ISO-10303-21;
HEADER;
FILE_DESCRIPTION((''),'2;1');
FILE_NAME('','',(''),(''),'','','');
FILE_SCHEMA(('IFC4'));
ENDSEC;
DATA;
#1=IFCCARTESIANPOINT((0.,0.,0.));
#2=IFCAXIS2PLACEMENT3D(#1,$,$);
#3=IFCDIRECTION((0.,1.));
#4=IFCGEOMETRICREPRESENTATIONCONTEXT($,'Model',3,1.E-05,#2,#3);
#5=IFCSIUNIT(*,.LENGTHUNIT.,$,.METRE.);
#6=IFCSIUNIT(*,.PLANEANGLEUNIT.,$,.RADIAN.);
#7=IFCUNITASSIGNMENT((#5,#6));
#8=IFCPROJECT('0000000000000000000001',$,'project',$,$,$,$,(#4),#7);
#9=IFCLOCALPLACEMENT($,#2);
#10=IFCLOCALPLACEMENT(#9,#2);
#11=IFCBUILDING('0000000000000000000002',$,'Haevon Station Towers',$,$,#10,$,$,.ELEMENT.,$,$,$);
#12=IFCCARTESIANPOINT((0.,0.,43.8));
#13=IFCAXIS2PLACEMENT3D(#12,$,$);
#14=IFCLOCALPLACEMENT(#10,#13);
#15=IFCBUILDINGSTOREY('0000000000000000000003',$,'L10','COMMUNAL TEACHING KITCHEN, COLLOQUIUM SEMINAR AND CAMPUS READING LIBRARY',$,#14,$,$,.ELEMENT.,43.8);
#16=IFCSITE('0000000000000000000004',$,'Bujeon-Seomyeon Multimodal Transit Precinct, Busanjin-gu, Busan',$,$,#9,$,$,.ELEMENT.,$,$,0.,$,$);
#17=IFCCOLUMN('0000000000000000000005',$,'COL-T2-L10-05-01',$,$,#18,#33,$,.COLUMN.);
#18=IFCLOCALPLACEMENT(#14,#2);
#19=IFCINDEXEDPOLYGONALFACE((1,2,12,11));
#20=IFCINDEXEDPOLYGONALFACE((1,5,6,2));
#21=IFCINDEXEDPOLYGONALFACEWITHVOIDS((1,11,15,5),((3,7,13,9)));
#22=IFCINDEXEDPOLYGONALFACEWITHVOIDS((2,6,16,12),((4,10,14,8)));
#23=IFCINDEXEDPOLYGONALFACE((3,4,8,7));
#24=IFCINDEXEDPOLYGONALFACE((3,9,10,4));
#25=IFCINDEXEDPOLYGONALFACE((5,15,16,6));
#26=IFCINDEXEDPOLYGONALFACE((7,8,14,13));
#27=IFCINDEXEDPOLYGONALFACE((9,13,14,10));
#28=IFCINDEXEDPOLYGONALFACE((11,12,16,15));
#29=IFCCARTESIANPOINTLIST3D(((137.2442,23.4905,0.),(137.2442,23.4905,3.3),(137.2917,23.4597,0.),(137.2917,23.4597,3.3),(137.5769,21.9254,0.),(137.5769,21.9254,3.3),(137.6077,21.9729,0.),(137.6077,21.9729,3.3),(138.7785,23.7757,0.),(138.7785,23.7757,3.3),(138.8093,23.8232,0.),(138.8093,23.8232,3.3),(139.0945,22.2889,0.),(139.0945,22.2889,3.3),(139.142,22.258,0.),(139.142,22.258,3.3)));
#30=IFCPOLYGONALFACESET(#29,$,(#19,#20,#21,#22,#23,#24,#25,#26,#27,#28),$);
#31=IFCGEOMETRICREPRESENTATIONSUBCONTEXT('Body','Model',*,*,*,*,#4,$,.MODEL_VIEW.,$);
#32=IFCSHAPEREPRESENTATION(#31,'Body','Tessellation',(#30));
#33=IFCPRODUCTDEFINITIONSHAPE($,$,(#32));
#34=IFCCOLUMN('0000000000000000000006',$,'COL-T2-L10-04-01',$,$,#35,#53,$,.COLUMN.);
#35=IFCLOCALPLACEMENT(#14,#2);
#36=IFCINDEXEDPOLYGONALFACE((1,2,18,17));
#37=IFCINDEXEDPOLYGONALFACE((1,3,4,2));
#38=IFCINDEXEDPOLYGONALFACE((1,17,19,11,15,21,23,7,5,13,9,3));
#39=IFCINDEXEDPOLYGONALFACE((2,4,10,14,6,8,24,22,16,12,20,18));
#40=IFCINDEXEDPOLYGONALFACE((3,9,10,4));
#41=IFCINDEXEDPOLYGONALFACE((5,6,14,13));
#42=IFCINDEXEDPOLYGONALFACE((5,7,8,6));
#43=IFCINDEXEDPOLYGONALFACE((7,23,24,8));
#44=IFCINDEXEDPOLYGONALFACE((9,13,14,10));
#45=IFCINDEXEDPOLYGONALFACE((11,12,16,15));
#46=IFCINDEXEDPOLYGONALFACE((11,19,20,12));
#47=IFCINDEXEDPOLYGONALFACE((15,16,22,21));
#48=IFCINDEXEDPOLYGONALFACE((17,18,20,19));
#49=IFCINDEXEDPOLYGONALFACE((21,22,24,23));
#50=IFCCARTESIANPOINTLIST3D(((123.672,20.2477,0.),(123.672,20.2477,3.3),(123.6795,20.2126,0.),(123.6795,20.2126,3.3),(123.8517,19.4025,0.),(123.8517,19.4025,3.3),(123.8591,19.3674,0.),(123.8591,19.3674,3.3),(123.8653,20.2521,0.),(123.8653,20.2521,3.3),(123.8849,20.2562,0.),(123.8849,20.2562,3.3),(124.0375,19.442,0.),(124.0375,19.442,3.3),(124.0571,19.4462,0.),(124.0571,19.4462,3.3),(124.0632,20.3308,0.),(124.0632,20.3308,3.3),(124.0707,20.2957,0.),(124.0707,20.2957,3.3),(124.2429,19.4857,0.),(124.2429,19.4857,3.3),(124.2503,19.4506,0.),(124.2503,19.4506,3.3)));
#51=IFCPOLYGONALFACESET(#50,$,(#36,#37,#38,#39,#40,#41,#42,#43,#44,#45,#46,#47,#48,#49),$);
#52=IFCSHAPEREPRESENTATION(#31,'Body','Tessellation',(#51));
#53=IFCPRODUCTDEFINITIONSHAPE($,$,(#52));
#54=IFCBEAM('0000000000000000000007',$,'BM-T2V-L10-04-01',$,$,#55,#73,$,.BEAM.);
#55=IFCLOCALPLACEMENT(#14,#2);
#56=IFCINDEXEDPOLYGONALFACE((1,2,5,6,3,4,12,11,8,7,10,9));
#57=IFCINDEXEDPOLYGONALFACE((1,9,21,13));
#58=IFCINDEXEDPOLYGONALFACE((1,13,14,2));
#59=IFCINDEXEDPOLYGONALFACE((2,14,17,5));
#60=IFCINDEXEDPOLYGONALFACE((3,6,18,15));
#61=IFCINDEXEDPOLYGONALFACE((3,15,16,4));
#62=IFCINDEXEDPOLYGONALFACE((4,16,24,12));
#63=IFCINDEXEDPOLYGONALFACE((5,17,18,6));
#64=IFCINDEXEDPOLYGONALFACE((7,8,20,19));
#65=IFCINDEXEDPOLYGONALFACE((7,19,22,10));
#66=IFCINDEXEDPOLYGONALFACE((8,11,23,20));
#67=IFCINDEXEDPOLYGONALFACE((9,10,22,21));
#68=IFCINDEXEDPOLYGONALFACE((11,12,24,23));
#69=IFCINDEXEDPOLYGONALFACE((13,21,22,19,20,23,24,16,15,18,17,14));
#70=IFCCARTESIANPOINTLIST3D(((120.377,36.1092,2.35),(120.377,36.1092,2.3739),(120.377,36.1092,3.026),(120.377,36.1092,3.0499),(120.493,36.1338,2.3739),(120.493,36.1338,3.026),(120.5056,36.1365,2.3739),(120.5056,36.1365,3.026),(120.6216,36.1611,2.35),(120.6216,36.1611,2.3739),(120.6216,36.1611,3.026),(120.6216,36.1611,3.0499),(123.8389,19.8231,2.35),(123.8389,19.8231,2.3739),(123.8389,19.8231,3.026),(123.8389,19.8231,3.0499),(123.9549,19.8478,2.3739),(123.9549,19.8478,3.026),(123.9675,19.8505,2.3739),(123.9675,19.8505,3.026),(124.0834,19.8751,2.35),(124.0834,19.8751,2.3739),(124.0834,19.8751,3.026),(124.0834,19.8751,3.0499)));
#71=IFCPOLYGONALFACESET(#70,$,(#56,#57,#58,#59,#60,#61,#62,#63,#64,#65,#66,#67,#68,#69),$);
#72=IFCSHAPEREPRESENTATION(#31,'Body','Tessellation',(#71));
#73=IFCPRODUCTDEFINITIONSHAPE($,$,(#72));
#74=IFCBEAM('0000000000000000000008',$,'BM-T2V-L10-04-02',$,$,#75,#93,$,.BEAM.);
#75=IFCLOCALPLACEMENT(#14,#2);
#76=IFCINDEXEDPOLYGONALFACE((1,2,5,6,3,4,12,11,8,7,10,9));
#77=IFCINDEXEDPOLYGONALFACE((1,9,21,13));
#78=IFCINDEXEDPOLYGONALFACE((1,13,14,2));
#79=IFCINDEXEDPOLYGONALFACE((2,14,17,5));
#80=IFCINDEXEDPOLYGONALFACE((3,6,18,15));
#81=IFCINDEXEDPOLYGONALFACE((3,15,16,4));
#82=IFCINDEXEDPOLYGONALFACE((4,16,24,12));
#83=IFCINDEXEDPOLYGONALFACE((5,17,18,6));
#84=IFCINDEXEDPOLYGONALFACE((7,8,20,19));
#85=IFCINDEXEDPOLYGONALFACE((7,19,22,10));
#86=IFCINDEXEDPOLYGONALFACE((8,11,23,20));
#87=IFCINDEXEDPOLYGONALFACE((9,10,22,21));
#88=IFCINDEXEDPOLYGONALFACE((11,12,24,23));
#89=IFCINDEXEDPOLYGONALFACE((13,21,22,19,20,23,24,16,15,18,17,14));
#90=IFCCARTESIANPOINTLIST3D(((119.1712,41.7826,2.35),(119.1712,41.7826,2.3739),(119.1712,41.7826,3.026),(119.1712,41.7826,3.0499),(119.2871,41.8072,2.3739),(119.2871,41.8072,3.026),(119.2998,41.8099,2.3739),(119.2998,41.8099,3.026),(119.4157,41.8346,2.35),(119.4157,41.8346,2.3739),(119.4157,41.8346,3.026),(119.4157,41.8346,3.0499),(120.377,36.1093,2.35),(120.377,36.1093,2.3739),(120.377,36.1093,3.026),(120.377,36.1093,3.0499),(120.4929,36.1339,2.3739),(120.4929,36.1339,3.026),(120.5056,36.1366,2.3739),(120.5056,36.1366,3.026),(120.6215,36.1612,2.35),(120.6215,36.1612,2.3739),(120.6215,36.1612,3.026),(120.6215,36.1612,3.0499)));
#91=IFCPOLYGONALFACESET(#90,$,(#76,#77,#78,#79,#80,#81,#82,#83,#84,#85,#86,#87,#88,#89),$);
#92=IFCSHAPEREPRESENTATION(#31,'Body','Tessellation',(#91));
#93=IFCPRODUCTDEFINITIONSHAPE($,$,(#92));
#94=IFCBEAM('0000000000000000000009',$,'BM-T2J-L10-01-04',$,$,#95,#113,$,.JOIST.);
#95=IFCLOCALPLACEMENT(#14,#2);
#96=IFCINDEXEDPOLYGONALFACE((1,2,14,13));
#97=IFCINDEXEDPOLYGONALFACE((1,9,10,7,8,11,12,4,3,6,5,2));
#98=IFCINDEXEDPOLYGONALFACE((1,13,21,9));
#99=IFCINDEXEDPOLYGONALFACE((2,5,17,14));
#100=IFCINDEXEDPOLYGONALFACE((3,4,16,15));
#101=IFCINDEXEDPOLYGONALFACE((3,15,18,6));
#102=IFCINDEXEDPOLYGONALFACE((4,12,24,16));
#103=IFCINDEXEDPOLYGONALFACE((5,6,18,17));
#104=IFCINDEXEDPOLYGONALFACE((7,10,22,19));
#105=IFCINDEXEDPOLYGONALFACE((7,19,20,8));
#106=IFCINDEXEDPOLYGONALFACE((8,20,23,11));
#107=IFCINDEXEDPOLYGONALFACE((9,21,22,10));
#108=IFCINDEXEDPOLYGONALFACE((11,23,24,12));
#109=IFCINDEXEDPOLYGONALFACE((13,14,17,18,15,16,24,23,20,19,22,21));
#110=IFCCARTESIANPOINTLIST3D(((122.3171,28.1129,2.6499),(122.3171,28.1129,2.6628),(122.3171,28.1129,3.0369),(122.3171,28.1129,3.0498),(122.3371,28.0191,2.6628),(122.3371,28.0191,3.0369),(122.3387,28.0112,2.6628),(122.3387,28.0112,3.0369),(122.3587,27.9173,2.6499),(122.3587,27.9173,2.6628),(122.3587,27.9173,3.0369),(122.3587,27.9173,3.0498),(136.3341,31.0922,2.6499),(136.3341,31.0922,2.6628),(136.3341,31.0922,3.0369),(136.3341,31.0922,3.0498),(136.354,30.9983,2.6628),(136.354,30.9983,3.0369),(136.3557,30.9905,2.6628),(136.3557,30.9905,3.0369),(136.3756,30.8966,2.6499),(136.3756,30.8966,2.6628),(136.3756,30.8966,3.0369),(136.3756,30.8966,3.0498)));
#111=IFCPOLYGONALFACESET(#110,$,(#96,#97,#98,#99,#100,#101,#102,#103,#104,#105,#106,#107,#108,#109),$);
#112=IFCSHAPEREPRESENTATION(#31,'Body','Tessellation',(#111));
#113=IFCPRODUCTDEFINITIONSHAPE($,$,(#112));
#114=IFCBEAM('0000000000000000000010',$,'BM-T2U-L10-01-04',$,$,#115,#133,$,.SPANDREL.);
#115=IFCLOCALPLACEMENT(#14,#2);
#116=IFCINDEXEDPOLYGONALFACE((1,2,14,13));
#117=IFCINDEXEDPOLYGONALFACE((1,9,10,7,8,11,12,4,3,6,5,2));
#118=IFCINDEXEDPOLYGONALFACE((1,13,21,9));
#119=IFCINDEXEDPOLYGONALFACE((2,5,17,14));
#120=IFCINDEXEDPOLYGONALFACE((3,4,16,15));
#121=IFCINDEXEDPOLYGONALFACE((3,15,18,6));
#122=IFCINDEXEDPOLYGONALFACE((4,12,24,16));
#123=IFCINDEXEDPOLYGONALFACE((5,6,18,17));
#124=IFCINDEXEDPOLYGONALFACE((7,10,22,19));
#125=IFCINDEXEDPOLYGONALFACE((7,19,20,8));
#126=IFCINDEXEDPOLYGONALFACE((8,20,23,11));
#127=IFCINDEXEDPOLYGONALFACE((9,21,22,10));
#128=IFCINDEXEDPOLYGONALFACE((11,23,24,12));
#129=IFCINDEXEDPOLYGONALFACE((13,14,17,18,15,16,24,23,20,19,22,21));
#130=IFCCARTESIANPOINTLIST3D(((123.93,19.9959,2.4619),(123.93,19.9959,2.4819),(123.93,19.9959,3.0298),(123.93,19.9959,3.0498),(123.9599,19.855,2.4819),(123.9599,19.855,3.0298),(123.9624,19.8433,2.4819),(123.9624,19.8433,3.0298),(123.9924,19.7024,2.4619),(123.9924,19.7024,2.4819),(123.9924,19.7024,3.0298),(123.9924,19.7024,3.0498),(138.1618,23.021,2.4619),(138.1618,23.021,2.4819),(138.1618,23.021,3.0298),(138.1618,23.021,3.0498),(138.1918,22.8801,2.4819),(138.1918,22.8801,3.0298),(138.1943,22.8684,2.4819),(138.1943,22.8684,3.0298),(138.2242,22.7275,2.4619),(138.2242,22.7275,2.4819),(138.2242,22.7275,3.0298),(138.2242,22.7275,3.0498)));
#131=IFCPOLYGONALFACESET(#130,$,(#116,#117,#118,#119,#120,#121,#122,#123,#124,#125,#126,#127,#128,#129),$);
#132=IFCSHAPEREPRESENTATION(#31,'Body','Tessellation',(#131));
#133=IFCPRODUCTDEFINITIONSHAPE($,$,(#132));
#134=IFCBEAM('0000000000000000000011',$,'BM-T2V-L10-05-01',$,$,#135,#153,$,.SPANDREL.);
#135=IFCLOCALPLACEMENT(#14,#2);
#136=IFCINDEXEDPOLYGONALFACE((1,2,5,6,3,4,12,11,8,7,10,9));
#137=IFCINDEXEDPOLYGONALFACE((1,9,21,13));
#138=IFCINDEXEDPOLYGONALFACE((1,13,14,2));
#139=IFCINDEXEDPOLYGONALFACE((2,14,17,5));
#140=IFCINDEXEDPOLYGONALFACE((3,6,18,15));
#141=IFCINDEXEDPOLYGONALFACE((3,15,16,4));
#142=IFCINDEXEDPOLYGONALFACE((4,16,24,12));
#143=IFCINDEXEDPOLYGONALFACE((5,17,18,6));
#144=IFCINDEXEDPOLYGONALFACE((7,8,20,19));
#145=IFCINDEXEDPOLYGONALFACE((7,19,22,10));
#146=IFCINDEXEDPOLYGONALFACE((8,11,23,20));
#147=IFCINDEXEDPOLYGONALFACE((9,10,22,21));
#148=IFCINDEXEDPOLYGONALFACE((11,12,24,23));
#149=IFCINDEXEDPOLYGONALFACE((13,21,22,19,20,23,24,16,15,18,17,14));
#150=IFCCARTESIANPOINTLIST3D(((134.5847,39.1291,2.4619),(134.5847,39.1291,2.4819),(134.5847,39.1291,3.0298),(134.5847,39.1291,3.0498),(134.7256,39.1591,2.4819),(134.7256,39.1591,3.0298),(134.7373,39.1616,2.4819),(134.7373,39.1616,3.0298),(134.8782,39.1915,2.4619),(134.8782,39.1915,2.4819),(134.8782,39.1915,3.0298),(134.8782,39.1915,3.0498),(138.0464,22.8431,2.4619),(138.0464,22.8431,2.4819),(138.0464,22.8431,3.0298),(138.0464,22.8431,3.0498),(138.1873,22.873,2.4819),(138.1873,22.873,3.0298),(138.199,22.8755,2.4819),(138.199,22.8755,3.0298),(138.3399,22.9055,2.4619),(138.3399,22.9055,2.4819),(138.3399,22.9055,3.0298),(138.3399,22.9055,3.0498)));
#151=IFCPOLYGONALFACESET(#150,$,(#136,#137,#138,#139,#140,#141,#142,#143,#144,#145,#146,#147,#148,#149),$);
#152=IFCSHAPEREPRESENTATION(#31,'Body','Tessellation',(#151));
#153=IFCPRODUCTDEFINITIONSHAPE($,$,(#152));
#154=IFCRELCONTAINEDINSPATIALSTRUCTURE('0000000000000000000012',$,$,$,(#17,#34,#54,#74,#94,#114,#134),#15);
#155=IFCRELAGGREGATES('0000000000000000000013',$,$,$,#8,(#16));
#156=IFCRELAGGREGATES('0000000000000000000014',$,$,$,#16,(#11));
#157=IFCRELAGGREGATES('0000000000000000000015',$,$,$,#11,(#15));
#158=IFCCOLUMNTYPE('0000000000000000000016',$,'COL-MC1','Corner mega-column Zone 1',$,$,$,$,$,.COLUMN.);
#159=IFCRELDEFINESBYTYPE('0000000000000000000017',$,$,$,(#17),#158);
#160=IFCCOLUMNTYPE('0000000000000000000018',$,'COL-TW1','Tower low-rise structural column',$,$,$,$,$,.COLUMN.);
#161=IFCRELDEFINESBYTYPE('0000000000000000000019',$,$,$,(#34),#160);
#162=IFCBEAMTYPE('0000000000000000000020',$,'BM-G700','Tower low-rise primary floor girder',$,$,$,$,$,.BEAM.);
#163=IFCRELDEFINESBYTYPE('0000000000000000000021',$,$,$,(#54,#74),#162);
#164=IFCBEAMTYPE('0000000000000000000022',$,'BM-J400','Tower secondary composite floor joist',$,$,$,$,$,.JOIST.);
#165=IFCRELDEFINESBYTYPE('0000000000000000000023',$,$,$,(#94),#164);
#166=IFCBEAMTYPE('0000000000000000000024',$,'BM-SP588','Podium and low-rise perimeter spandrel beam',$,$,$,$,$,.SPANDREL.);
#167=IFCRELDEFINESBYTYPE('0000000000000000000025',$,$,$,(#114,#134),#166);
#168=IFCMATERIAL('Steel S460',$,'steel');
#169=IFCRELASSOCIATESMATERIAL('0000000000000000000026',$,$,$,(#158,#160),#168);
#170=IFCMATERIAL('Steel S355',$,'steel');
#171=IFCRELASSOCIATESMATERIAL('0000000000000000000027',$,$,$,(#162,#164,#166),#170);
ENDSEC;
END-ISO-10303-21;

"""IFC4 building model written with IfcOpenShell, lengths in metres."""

from ifc_helpers import new_model, si_unit, direction, frame, origin, origin_2d, place, context, subcontext, project, spatial, hollow_rectangle, i_section, extrude, material, material_profile, profile_set, type_object, element, save


model = new_model("IFC4")

# Units and contexts
model_context = context("Model", 3, precision=1e-05, world=origin(), true_north=direction((0.0, 1.0)))
body_context = subcontext(model_context, "Body", "Model", "MODEL_VIEW")
ifc_project = project(units=[si_unit("LENGTHUNIT", "METRE"), si_unit("PLANEANGLEUNIT", "RADIAN")], contexts=[model_context])

# Site, building, storey
site_placement = place(None, origin())
site = spatial("IfcSite", under=ifc_project, at=site_placement, Name="Bujeon-Seomyeon Multimodal Transit Precinct, Busanjin-gu, Busan", CompositionType="ELEMENT", RefElevation=0.0)
building_placement = place(site_placement, origin())
building = spatial("IfcBuilding", under=site, at=building_placement, Name="Haevon Station Towers", CompositionType="ELEMENT")
storey_placement = place(building_placement, frame((0.0, 0.0, 43.8)))
storey = spatial("IfcBuildingStorey", under=building, at=storey_placement, Name="L10", Description="COMMUNAL TEACHING KITCHEN, COLLOQUIUM SEMINAR AND CAMPUS READING LIBRARY", CompositionType="ELEMENT", Elevation=43.8)

# Columns
ifc_material_1 = material(Name="Steel S460", Category="steel")
ifc_material_profile_1 = material_profile(ifc_material_1, hollow_rectangle(XDim=1.6001, YDim=1.6001, WallThickness=0.04, at=origin_2d()), Name="BOX-1600x1600x40")
ifc_profile_set_1 = profile_set([ifc_material_profile_1], Name="Steel S460")
column_type_1 = type_object("IfcColumnType", Name="COL-MC1", Description="Corner mega-column Zone 1", PredefinedType="COLUMN", material=ifc_profile_set_1)
column_1_placement = place(storey_placement, frame((138.1931, 22.8743, 0.0), z_axis=(0.0, 0.0, 1.0), x_axis=(0.978148, 0.207912, 0.0)))
element("IfcColumn", 1, at=column_1_placement, inside=storey, type_object=column_type_1, Name="COL-T2-L10-05-01", PredefinedType="COLUMN", context=body_context, shape_type="SweptSolid", body=[
    extrude(hollow_rectangle(XDim=1.6001, YDim=1.6001, WallThickness=0.04, at=origin_2d()), origin(), (0.0, 0.0, 1.0), 3.3),
])
ifc_material_profile_2 = material_profile(ifc_material_1, i_section(OverallWidth=0.3999, OverallDepth=0.8999, WebThickness=0.02, FlangeThickness=0.0359, at=origin_2d()), Name="H-900x400x20x36")
ifc_profile_set_2 = profile_set([ifc_material_profile_2], Name="Steel S460")
column_type_2 = type_object("IfcColumnType", Name="COL-TW1", Description="Tower low-rise structural column", PredefinedType="COLUMN", material=ifc_profile_set_2)
column_2_placement = place(storey_placement, frame((123.9612, 19.8491, 0.0), z_axis=(0.0, 0.0, 1.0), x_axis=(0.978148, 0.207912, 0.0)))
element("IfcColumn", 2, at=column_2_placement, inside=storey, type_object=column_type_2, Name="COL-T2-L10-04-01", PredefinedType="COLUMN", context=body_context, shape_type="SweptSolid", body=[
    extrude(i_section(OverallWidth=0.3999, OverallDepth=0.8999, WebThickness=0.02, FlangeThickness=0.0359, at=origin_2d()), origin(), (0.0, 0.0, 1.0), 3.3),
])

# Beams
ifc_material_2 = material(Name="Steel S355", Category="steel")
ifc_material_profile_3 = material_profile(ifc_material_2, i_section(OverallWidth=0.25, OverallDepth=0.7, WebThickness=0.0129, FlangeThickness=0.0239, at=origin_2d()), Name="H-700x250x13x24")
ifc_profile_set_3 = profile_set([ifc_material_profile_3], Name="Steel S355")
beam_type_1 = type_object("IfcBeamType", Name="BM-G700", Description="Tower low-rise primary floor girder", PredefinedType="BEAM", material=ifc_profile_set_3)
beam_1_placement = place(storey_placement, frame((123.9612, 19.8491, 2.7), z_axis=(-0.207923, 0.978145, 0.0), x_axis=(-0.978145, -0.207923, 0.0)))
element("IfcBeam", 3, at=beam_1_placement, inside=storey, type_object=beam_type_1, Name="BM-T2V-L10-04-01", PredefinedType="BEAM", context=body_context, shape_type="SweptSolid", body=[
    extrude(i_section(OverallWidth=0.25, OverallDepth=0.7, WebThickness=0.0129, FlangeThickness=0.0239, at=origin_2d()), origin(), (0.0, 0.0, 1.0), 16.6499),
])
beam_2_placement = place(storey_placement, frame((120.4993, 36.1353, 2.7), z_axis=(-0.207896, 0.978151, 0.0), x_axis=(-0.978151, -0.207896, 0.0)))
element("IfcBeam", 4, at=beam_2_placement, inside=storey, type_object=beam_type_1, Name="BM-T2V-L10-04-02", PredefinedType="BEAM", context=body_context, shape_type="SweptSolid", body=[
    extrude(i_section(OverallWidth=0.25, OverallDepth=0.7, WebThickness=0.0129, FlangeThickness=0.0239, at=origin_2d()), origin(), (0.0, 0.0, 1.0), 5.8),
])
ifc_material_profile_4 = material_profile(ifc_material_2, i_section(OverallWidth=0.2, OverallDepth=0.3999, WebThickness=0.0081, FlangeThickness=0.0129, at=origin_2d()), Name="H-400x200x8x13")
ifc_profile_set_4 = profile_set([ifc_material_profile_4], Name="Steel S355")
beam_type_2 = type_object("IfcBeamType", Name="BM-J400", Description="Tower secondary composite floor joist", PredefinedType="JOIST", material=ifc_profile_set_4)
beam_3_placement = place(storey_placement, frame((122.3379, 28.0151, 2.8499), z_axis=(0.978149, 0.207903, 0.0), x_axis=(-0.207903, 0.978149, 0.0)))
element("IfcBeam", 5, at=beam_3_placement, inside=storey, type_object=beam_type_2, Name="BM-T2J-L10-01-04", PredefinedType="JOIST", context=body_context, shape_type="SweptSolid", body=[
    extrude(i_section(OverallWidth=0.2, OverallDepth=0.3999, WebThickness=0.0081, FlangeThickness=0.0129, at=origin_2d()), origin(), (0.0, 0.0, 1.0), 14.3301),
])
ifc_material_profile_5 = material_profile(ifc_material_2, i_section(OverallWidth=0.3, OverallDepth=0.5879, WebThickness=0.012, FlangeThickness=0.02, at=origin_2d()), Name="H-588x300x12x20")
ifc_profile_set_5 = profile_set([ifc_material_profile_5], Name="Steel S355")
beam_type_3 = type_object("IfcBeamType", Name="BM-SP588", Description="Podium and low-rise perimeter spandrel beam", PredefinedType="SPANDREL", material=ifc_profile_set_5)
beam_4_placement = place(storey_placement, frame((123.9612, 19.8491, 2.7559), z_axis=(0.978147, 0.207915, 0.0), x_axis=(-0.207915, 0.978147, 0.0)))
element("IfcBeam", 6, at=beam_4_placement, inside=storey, type_object=beam_type_3, Name="BM-T2U-L10-01-04", PredefinedType="SPANDREL", context=body_context, shape_type="SweptSolid", body=[
    extrude(i_section(OverallWidth=0.3, OverallDepth=0.5879, WebThickness=0.012, FlangeThickness=0.02, at=origin_2d()), origin(), (0.0, 0.0, 1.0), 14.5498),
])
beam_5_placement = place(storey_placement, frame((138.1931, 22.8743, 2.7559), z_axis=(-0.207909, 0.978148, 0.0), x_axis=(-0.978148, -0.207909, 0.0)))
element("IfcBeam", 7, at=beam_5_placement, inside=storey, type_object=beam_type_3, Name="BM-T2V-L10-05-01", PredefinedType="SPANDREL", context=body_context, shape_type="SweptSolid", body=[
    extrude(i_section(OverallWidth=0.3, OverallDepth=0.5879, WebThickness=0.012, FlangeThickness=0.02, at=origin_2d()), origin(), (0.0, 0.0, 1.0), 16.6499),
])

save(model, "model.ifc")
